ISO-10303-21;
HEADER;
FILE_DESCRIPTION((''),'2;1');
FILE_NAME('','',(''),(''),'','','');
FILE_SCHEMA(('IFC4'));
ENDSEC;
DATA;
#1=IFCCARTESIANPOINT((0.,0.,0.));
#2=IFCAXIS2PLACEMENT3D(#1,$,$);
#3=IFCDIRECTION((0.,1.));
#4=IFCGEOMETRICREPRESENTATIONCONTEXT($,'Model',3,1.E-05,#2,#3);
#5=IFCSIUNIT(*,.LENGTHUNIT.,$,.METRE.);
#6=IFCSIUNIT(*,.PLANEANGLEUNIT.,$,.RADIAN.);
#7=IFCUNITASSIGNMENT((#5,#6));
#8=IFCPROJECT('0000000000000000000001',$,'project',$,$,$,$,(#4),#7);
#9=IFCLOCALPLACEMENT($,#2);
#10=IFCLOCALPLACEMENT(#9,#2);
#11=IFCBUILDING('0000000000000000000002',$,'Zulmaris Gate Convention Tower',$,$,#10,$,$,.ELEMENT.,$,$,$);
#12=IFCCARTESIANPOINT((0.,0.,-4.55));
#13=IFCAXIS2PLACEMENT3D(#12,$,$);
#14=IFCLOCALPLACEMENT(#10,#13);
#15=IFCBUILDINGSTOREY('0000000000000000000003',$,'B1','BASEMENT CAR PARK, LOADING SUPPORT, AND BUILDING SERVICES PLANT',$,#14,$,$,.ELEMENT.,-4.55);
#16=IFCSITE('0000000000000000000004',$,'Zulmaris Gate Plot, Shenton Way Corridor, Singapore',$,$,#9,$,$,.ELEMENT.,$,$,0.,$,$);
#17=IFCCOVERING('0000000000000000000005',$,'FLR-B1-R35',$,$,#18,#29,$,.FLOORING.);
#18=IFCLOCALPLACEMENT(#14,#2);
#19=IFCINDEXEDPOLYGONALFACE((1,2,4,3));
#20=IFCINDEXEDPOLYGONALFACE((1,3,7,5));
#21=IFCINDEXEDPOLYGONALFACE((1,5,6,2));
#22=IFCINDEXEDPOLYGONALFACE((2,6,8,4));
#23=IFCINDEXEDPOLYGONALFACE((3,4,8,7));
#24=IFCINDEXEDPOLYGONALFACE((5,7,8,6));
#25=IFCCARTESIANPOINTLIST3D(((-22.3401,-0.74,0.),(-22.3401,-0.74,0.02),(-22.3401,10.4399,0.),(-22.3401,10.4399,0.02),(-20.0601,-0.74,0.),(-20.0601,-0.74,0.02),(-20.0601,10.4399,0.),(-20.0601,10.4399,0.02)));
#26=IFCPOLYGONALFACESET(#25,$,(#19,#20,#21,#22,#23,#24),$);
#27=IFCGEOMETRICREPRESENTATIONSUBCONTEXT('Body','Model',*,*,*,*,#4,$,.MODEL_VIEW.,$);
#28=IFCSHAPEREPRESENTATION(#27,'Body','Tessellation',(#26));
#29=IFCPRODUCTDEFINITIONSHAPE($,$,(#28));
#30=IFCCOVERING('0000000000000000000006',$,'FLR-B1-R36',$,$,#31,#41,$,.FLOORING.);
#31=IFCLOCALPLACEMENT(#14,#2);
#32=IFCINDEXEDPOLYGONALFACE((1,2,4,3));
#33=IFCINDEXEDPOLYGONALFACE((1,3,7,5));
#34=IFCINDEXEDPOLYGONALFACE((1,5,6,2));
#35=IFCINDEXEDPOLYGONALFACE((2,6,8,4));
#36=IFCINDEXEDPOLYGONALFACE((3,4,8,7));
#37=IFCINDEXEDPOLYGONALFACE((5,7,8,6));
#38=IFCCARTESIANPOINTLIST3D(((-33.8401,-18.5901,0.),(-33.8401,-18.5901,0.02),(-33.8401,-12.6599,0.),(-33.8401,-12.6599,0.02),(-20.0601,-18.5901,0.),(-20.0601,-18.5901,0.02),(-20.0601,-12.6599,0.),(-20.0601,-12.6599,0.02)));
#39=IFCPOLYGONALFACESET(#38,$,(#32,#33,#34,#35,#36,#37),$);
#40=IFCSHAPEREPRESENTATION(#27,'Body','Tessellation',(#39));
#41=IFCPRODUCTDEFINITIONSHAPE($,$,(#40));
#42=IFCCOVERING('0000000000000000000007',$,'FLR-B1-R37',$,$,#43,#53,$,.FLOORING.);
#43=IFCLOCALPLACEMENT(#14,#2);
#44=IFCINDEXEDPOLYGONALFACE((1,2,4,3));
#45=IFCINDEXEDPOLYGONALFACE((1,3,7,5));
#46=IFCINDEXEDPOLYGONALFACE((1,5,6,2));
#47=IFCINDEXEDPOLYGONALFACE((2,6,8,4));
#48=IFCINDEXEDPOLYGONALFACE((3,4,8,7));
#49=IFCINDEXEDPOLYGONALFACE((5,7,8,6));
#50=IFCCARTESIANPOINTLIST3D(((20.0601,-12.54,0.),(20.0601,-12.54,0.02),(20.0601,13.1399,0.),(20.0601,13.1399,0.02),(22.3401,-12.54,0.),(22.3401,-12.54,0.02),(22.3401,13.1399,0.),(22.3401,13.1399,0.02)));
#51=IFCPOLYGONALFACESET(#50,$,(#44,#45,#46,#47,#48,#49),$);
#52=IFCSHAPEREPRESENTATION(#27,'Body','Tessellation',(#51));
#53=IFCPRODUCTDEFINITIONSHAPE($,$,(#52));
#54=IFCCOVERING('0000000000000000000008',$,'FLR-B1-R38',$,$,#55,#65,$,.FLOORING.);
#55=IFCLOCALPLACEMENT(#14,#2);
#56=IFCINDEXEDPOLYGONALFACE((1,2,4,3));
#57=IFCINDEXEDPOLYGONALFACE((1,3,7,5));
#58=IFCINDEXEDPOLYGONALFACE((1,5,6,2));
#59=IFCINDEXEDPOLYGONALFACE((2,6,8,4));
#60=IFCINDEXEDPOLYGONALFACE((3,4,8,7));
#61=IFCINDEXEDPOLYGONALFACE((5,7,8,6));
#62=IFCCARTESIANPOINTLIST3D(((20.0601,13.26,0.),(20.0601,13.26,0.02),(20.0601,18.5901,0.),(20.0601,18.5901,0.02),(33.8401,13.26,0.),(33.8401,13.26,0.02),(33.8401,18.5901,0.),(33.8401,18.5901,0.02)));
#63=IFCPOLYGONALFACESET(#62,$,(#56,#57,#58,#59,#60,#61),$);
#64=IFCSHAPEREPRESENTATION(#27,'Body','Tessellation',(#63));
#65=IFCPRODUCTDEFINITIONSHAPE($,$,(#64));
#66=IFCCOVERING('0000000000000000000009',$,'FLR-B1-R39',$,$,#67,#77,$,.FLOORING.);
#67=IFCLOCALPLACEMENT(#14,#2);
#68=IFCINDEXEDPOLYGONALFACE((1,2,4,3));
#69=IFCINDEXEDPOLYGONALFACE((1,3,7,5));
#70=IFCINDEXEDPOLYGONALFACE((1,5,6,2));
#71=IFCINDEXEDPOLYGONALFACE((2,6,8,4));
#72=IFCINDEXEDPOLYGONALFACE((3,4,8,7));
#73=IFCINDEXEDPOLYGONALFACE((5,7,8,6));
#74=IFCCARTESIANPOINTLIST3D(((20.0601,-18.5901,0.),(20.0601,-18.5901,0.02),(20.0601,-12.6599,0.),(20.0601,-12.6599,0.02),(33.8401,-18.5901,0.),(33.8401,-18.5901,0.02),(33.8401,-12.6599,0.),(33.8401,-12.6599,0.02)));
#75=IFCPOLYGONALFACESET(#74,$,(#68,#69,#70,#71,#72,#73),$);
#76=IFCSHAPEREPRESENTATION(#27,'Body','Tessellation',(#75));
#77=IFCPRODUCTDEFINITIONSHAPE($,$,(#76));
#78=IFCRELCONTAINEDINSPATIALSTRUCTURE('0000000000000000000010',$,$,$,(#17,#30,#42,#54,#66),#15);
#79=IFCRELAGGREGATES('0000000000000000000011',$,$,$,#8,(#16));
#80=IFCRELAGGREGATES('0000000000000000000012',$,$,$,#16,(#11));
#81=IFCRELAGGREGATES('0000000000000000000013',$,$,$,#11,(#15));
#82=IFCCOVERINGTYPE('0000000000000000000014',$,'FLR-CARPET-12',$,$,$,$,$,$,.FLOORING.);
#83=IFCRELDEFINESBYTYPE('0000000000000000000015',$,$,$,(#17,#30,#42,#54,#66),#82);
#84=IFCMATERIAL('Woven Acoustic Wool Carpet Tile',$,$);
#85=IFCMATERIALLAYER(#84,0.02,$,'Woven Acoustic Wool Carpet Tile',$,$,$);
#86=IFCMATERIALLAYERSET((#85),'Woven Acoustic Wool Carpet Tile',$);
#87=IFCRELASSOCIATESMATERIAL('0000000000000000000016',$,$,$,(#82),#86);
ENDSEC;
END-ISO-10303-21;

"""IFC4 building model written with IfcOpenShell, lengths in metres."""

from ifc_helpers import new_model, si_unit, direction, frame, origin, place, context, subcontext, project, spatial, polyline, outline, extrude, material, layer, layer_set, type_object, element, save


model = new_model("IFC4")

# Units and contexts
model_context = context("Model", 3, precision=1e-05, world=origin(), true_north=direction((0.0, 1.0)))
body_context = subcontext(model_context, "Body", "Model", "MODEL_VIEW")
ifc_project = project(units=[si_unit("LENGTHUNIT", "METRE"), si_unit("PLANEANGLEUNIT", "RADIAN")], contexts=[model_context])

# Site, building, storey
site_placement = place(None, origin())
site = spatial("IfcSite", under=ifc_project, at=site_placement, Name="Zulmaris Gate Plot, Shenton Way Corridor, Singapore", CompositionType="ELEMENT", RefElevation=0.0)
building_placement = place(site_placement, origin())
building = spatial("IfcBuilding", under=site, at=building_placement, Name="Zulmaris Gate Convention Tower", CompositionType="ELEMENT")
storey_placement = place(building_placement, frame((0.0, 0.0, -4.55)))
storey = spatial("IfcBuildingStorey", under=building, at=storey_placement, Name="B1", Description="BASEMENT CAR PARK, LOADING SUPPORT, AND BUILDING SERVICES PLANT", CompositionType="ELEMENT", Elevation=-4.55)

# Coverings
ifc_material_1 = material(Name="Woven Acoustic Wool Carpet Tile")
ifc_layer_1 = layer(ifc_material_1, 0.02, Name="Woven Acoustic Wool Carpet Tile")
ifc_layer_set_1 = layer_set([ifc_layer_1], Name="Woven Acoustic Wool Carpet Tile")
covering_type_1 = type_object("IfcCoveringType", Name="FLR-CARPET-12", PredefinedType="FLOORING", material=ifc_layer_set_1)
covering_1_placement = place(storey_placement, origin())
element("IfcCovering", 1, at=covering_1_placement, inside=storey, type_object=covering_type_1, Name="FLR-B1-R35", PredefinedType="FLOORING", context=body_context, shape_type="SweptSolid", body=[
    extrude(outline(polyline([(-22.3401, -0.74), (-20.0601, -0.74), (-20.0601, 10.4399), (-22.3401, 10.4399), (-22.3401, -0.74)])), origin(), (0.0, 0.0, 1.0), 0.02),
])
covering_2_placement = place(storey_placement, origin())
element("IfcCovering", 2, at=covering_2_placement, inside=storey, type_object=covering_type_1, Name="FLR-B1-R36", PredefinedType="FLOORING", context=body_context, shape_type="SweptSolid", body=[
    extrude(outline(polyline([(-33.8401, -18.5901), (-20.0601, -18.5901), (-20.0601, -12.6599), (-33.8401, -12.6599), (-33.8401, -18.5901)])), origin(), (0.0, 0.0, 1.0), 0.02),
])
covering_3_placement = place(storey_placement, origin())
element("IfcCovering", 3, at=covering_3_placement, inside=storey, type_object=covering_type_1, Name="FLR-B1-R37", PredefinedType="FLOORING", context=body_context, shape_type="SweptSolid", body=[
    extrude(outline(polyline([(20.0601, -12.54), (22.3401, -12.54), (22.3401, 13.1399), (20.0601, 13.1399), (20.0601, -12.54)])), origin(), (0.0, 0.0, 1.0), 0.02),
])
covering_4_placement = place(storey_placement, origin())
element("IfcCovering", 4, at=covering_4_placement, inside=storey, type_object=covering_type_1, Name="FLR-B1-R38", PredefinedType="FLOORING", context=body_context, shape_type="SweptSolid", body=[
    extrude(outline(polyline([(20.0601, 13.26), (33.8401, 13.26), (33.8401, 18.5901), (20.0601, 18.5901), (20.0601, 13.26)])), origin(), (0.0, 0.0, 1.0), 0.02),
])
covering_5_placement = place(storey_placement, origin())
element("IfcCovering", 5, at=covering_5_placement, inside=storey, type_object=covering_type_1, Name="FLR-B1-R39", PredefinedType="FLOORING", context=body_context, shape_type="SweptSolid", body=[
    extrude(outline(polyline([(20.0601, -18.5901), (33.8401, -18.5901), (33.8401, -12.6599), (20.0601, -12.6599), (20.0601, -18.5901)])), origin(), (0.0, 0.0, 1.0), 0.02),
])

save(model, "model.ifc")
